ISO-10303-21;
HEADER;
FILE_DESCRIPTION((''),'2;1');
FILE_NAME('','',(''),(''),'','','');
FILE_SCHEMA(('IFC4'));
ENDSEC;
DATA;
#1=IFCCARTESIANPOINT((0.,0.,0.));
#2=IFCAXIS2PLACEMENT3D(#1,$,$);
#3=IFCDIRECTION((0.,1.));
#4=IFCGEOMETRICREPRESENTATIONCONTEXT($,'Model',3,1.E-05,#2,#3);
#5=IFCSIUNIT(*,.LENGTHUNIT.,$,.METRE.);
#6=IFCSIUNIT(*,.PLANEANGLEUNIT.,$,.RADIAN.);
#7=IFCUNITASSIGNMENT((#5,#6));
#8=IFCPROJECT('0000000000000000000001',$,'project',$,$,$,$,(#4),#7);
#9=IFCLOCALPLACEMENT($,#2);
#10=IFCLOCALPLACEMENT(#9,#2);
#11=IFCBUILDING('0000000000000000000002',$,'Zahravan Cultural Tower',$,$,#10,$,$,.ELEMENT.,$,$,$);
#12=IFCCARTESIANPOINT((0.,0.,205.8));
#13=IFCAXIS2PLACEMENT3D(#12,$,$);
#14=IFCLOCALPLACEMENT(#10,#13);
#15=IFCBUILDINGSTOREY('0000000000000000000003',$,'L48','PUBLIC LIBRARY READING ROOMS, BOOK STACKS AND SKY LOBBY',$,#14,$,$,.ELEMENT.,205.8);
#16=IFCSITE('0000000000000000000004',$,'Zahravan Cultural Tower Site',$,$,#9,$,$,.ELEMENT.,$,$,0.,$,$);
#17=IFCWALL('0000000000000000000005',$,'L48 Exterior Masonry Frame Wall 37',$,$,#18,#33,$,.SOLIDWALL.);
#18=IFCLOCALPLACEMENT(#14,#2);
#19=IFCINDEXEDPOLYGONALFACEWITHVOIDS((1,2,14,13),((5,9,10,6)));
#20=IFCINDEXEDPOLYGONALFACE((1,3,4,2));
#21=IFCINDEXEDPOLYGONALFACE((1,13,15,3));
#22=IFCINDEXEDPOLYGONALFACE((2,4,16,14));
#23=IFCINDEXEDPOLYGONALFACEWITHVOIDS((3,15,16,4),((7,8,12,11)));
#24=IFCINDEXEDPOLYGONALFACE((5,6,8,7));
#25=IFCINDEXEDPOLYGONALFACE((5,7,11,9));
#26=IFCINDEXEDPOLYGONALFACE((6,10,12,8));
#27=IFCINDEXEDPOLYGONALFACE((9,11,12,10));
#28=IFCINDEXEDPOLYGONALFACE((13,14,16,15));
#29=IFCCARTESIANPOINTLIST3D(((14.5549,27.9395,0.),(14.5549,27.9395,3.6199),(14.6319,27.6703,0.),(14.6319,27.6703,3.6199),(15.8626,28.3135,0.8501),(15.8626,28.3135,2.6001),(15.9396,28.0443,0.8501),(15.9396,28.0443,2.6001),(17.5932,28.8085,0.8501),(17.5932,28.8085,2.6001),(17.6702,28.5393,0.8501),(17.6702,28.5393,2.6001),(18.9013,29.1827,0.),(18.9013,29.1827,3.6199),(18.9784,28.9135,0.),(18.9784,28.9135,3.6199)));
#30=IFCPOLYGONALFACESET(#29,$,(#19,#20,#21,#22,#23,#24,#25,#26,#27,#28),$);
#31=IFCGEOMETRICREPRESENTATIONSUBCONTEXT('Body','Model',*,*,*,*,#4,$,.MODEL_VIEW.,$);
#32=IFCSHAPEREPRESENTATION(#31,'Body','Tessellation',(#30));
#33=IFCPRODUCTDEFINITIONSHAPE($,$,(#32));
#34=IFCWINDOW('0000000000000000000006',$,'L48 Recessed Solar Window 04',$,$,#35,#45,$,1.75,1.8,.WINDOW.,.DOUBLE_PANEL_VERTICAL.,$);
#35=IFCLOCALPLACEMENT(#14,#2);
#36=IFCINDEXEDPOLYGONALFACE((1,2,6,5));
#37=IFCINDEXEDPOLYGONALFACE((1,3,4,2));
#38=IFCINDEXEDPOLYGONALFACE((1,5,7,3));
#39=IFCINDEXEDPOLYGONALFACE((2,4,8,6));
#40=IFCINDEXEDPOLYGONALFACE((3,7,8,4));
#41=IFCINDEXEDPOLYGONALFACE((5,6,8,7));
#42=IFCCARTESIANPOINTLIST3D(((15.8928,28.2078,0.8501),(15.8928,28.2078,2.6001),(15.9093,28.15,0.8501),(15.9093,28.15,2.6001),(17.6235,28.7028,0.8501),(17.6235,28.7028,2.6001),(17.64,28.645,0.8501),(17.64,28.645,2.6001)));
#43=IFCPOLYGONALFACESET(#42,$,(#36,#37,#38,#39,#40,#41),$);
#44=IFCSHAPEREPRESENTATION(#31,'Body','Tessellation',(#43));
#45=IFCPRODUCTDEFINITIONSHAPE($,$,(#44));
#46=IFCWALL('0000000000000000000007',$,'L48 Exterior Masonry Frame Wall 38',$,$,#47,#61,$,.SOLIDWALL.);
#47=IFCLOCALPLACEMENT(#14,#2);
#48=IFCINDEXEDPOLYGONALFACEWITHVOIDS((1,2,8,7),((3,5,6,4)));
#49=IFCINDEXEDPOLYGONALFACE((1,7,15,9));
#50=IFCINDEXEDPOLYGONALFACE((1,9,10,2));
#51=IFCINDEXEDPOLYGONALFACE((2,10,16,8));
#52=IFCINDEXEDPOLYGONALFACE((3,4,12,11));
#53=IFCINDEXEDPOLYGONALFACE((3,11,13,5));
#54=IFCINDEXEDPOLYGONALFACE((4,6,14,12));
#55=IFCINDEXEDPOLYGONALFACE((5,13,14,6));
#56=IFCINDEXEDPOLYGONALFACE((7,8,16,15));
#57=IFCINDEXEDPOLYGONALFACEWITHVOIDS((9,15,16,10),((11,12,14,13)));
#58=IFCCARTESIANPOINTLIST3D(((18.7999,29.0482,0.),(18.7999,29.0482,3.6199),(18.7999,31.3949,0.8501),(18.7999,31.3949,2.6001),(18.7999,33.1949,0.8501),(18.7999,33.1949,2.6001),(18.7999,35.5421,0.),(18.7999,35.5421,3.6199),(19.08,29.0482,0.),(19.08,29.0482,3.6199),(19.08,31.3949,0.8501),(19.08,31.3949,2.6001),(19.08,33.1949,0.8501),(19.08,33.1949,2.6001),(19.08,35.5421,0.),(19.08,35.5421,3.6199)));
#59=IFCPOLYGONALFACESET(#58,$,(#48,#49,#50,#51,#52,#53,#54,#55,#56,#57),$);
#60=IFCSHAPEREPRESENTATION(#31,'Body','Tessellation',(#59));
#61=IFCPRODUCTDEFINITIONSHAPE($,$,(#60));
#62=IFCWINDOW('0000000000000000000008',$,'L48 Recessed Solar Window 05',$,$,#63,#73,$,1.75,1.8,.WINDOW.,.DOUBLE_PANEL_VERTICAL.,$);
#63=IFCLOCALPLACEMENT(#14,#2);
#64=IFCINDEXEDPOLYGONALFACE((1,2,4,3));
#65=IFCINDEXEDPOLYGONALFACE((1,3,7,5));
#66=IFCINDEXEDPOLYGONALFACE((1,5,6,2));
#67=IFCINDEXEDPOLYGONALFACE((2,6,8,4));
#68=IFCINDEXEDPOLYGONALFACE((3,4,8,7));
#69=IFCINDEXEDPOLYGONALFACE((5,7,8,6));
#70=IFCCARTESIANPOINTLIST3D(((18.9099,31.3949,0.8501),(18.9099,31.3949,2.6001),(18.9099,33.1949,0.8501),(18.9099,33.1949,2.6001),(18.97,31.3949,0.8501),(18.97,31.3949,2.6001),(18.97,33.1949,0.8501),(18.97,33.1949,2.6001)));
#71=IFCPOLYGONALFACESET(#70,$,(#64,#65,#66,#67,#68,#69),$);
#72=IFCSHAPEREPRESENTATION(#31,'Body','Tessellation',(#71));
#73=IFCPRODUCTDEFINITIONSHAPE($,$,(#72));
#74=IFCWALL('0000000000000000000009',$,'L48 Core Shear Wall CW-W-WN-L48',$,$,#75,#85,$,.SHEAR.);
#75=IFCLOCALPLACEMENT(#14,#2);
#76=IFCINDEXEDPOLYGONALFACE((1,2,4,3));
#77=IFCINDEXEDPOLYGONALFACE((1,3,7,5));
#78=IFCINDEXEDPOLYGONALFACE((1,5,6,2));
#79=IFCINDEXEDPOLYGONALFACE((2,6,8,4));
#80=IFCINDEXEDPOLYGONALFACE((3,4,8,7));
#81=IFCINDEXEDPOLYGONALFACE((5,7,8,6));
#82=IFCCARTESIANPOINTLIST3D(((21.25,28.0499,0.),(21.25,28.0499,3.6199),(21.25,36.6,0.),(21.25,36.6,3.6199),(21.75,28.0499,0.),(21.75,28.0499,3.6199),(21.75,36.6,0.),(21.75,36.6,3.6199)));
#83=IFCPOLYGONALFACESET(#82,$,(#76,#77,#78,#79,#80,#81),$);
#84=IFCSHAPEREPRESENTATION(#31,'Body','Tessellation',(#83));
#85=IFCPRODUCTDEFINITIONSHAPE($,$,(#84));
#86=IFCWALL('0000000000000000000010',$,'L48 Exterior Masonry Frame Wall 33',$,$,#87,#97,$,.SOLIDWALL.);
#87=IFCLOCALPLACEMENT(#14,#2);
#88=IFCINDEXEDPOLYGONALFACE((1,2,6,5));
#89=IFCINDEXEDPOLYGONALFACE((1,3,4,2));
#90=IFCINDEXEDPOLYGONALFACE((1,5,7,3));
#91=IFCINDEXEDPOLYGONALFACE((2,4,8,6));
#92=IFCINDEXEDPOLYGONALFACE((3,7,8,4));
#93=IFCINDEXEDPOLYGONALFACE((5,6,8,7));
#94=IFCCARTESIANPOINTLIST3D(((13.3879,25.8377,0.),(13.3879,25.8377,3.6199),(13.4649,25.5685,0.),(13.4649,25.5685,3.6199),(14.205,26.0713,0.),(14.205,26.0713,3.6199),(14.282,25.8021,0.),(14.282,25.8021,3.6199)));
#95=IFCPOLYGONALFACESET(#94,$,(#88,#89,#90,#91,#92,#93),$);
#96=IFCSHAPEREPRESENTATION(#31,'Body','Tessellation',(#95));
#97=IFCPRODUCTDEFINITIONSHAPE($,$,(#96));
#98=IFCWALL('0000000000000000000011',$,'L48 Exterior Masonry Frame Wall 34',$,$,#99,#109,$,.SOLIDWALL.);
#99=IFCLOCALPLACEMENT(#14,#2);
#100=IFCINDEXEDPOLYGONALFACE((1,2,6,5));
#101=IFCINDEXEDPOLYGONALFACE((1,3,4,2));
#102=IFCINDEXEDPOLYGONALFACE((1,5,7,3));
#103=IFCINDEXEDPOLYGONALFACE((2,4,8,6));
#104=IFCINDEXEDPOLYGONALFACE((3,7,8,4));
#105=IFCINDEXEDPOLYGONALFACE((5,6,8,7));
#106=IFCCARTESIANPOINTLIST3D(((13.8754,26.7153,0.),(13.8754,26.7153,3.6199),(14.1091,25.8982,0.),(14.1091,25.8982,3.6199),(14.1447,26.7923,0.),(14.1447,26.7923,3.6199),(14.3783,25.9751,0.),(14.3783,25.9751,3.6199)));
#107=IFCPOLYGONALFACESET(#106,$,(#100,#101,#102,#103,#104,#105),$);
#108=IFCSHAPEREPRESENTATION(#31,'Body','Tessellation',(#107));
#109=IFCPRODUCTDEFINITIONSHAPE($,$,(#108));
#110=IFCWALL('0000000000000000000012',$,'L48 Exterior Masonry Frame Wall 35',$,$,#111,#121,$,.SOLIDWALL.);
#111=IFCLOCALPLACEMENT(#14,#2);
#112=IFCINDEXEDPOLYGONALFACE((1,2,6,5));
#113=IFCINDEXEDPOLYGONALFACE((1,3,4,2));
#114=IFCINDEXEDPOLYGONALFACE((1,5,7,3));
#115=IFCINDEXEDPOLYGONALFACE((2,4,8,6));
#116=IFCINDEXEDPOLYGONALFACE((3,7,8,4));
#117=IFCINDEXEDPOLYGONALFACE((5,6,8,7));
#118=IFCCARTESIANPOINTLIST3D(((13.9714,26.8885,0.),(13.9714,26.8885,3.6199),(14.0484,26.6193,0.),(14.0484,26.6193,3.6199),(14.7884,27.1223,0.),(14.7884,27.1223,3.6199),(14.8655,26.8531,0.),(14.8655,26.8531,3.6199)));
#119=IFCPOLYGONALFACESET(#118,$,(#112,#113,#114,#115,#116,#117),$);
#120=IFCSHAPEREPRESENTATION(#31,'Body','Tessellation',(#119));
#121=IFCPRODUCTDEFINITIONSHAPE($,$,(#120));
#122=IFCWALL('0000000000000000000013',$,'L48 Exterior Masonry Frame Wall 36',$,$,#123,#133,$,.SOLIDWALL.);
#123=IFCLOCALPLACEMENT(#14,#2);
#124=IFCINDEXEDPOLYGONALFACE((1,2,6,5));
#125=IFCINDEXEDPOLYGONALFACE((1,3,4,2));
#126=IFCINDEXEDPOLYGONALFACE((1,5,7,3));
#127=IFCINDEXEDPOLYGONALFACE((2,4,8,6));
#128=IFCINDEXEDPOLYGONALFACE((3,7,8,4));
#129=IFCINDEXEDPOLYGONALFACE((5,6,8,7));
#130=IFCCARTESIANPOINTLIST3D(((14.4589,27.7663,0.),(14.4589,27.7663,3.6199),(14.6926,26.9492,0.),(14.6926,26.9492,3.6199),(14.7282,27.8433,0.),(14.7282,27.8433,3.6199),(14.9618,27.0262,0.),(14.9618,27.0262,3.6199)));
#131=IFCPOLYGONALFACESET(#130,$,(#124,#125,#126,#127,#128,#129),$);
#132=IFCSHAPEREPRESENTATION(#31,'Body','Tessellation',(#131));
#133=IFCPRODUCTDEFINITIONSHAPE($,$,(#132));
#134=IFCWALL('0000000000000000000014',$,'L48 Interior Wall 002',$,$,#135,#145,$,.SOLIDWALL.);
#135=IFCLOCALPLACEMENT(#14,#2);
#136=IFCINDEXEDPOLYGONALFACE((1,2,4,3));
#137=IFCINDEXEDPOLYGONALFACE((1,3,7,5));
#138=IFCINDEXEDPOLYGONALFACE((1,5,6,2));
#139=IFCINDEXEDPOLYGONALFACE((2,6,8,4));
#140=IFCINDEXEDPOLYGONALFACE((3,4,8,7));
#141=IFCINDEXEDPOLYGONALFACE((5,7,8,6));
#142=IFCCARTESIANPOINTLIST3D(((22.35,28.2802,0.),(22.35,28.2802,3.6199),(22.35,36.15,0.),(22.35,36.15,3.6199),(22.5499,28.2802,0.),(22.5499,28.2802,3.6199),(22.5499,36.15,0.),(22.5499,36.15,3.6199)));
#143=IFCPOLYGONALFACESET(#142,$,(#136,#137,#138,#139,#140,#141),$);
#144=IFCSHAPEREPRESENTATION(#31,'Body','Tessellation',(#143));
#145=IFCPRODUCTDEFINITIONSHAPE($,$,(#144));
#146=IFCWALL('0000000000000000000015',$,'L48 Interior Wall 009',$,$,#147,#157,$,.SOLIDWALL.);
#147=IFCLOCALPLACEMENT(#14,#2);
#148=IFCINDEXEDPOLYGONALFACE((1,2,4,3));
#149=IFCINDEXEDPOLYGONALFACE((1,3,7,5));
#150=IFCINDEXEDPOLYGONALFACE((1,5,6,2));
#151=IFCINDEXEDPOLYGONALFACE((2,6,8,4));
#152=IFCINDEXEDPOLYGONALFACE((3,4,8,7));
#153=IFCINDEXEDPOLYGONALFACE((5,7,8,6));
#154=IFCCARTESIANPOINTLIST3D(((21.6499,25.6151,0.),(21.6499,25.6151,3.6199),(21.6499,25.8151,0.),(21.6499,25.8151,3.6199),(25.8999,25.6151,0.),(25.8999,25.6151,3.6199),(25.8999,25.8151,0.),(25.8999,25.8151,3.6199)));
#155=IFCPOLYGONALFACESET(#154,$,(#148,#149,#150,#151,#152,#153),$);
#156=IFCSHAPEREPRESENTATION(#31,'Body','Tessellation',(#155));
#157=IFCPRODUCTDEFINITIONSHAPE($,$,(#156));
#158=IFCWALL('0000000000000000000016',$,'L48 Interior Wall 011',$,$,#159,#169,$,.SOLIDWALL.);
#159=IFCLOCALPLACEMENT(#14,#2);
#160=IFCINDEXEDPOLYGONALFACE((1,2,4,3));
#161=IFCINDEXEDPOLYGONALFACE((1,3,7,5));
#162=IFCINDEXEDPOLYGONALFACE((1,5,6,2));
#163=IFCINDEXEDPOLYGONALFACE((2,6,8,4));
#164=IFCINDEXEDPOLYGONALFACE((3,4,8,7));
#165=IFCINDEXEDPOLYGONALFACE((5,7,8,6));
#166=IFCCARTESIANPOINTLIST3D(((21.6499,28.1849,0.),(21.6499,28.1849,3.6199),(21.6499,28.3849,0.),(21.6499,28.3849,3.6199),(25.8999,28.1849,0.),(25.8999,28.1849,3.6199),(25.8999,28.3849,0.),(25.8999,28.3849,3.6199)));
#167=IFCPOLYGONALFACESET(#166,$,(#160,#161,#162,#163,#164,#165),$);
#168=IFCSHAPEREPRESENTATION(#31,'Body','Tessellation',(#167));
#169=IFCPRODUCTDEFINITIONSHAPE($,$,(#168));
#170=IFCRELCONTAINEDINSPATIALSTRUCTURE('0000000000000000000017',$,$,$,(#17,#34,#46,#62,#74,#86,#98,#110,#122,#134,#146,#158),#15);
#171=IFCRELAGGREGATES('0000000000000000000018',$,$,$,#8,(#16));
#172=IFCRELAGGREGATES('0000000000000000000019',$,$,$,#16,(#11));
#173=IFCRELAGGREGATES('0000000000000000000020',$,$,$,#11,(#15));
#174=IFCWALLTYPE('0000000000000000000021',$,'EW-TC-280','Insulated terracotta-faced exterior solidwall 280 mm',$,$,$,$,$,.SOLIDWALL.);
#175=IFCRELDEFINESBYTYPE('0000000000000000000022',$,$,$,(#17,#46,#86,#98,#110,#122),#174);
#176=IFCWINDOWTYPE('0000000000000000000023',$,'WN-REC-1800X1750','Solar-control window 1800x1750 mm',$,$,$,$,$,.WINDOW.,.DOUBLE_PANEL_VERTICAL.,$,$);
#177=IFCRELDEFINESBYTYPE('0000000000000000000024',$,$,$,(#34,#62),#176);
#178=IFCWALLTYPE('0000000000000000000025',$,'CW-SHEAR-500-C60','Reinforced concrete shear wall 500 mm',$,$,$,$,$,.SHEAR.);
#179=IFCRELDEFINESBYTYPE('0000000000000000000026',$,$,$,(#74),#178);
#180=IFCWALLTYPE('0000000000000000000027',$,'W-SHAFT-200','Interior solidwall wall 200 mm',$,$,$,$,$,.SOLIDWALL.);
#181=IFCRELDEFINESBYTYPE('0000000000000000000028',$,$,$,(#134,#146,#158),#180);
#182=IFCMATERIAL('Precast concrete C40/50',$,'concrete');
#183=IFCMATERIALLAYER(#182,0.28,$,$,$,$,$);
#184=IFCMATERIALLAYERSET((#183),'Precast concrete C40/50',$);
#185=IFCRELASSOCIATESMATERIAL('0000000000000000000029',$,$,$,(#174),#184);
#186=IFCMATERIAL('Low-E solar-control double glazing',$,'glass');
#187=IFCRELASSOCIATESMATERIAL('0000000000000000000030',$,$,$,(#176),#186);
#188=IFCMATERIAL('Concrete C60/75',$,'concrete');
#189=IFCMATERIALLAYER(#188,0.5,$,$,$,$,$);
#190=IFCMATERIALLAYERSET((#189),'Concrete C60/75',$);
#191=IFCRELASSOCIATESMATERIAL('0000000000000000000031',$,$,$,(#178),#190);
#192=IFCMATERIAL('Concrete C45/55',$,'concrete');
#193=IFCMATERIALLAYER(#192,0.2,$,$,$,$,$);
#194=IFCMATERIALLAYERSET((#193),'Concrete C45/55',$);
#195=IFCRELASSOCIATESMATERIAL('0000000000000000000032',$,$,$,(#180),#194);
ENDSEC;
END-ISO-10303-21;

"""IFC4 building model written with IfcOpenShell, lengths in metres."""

from ifc_helpers import new_model, si_unit, direction, frame, frame_2d, origin, place, context, subcontext, project, spatial, rectangle, extrude, source, transform, mapped, material, layer, layer_set, type_object, element, fill, save


model = new_model("IFC4")

# Units and contexts
model_context = context("Model", 3, precision=1e-05, world=origin(), true_north=direction((0.0, 1.0)))
body_context = subcontext(model_context, "Body", "Model", "MODEL_VIEW")
ifc_project = project(units=[si_unit("LENGTHUNIT", "METRE"), si_unit("PLANEANGLEUNIT", "RADIAN")], contexts=[model_context])

# Site, building, storey
site_placement = place(None, origin())
site = spatial("IfcSite", under=ifc_project, at=site_placement, Name="Zahravan Cultural Tower Site", CompositionType="ELEMENT", RefElevation=0.0)
building_placement = place(site_placement, origin())
building = spatial("IfcBuilding", under=site, at=building_placement, Name="Zahravan Cultural Tower", CompositionType="ELEMENT")
storey_placement = place(building_placement, frame((0.0, 0.0, 205.8)))
storey = spatial("IfcBuildingStorey", under=building, at=storey_placement, Name="L48", Description="PUBLIC LIBRARY READING ROOMS, BOOK STACKS AND SKY LOBBY", CompositionType="ELEMENT", Elevation=205.8)

# Walls, openings, windows
ifc_material_1 = material(Name="Precast concrete C40/50", Category="concrete")
ifc_layer_1 = layer(ifc_material_1, 0.28)
ifc_layer_set_1 = layer_set([ifc_layer_1], Name="Precast concrete C40/50")
wall_type_1 = type_object("IfcWallType", Name="EW-TC-280", Description="Insulated terracotta-faced exterior solidwall 280 mm", PredefinedType="SOLIDWALL", material=ifc_layer_set_1)
wall_1_placement = place(storey_placement, frame((14.5935, 27.8049, 0.0), z_axis=(0.0, 0.0, 1.0), x_axis=(0.961446, 0.274992, 0.0)))
wall_1 = element("IfcWall", 1, at=wall_1_placement, inside=storey, type_object=wall_type_1, Name="L48 Exterior Masonry Frame Wall 37", PredefinedType="SOLIDWALL", context=body_context, shape_type="SweptSolid", body=[
    extrude(rectangle(XDim=4.5208, YDim=0.28, at=frame_2d((2.2603, 0.0))), origin(), (0.0, 0.0, 1.0), 3.6199),
])
opening_1_placement = place(wall_1_placement, frame((1.3601, 0.0, 0.8501)))
opening_1 = element("IfcOpeningElement", 2, at=opening_1_placement, cuts=wall_1, PredefinedType="OPENING", context=body_context, shape_type="SweptSolid", body=[
    extrude(rectangle(XDim=1.8, YDim=1.75, at=frame_2d((0.8999, 0.875))), frame((0.0, 0.1499, 0.0), z_axis=(0.0, -1.0, 0.0), x_axis=(1.0, 0.0, 0.0)), (0.0, 0.0, 1.0), 0.3),
])
ifc_material_2 = material(Name="Low-E solar-control double glazing", Category="glass")
window_type = type_object("IfcWindowType", Name="WN-REC-1800X1750", Description="Solar-control window 1800x1750 mm", PartitioningType="DOUBLE_PANEL_VERTICAL", PredefinedType="WINDOW", material=ifc_material_2)
shared_shape_1 = source(origin(), body_context, "Body", "SweptSolid", [
    extrude(rectangle(XDim=1.8, YDim=1.75, at=frame_2d((0.8999, 0.875))), frame((0.0, 0.03, 0.0), z_axis=(0.0, -1.0, 0.0), x_axis=(1.0, 0.0, 0.0)), (0.0, 0.0, 1.0), 0.0601),
])
window_1_placement = place(opening_1_placement, origin())
window_1 = element("IfcWindow", 3, at=window_1_placement, inside=storey, type_object=window_type, Name="L48 Recessed Solar Window 04", OverallHeight=1.75, OverallWidth=1.8, PartitioningType="DOUBLE_PANEL_VERTICAL", PredefinedType="WINDOW", context=body_context, shape_type="MappedRepresentation", body=[
    mapped(shared_shape_1, transform((0.0, 0.0, 0.0), x_axis=(1.0, 0.0, 0.0), y_axis=(0.0, 1.0, 0.0), z_axis=(0.0, 0.0, 1.0), scale=1.0)),
])
fill(opening_1, window_1)
wall_2_placement = place(storey_placement, frame((18.9399, 29.0481, 0.0), z_axis=(0.0, 0.0, 1.0), x_axis=(0.0, 1.0, 0.0)))
wall_2 = element("IfcWall", 4, at=wall_2_placement, inside=storey, type_object=wall_type_1, Name="L48 Exterior Masonry Frame Wall 38", PredefinedType="SOLIDWALL", context=body_context, shape_type="SweptSolid", body=[
    extrude(rectangle(XDim=6.4939, YDim=0.28, at=frame_2d((3.2471, 0.0))), origin(), (0.0, 0.0, 1.0), 3.6199),
])
opening_2_placement = place(wall_2_placement, frame((2.3469, 0.0, 0.8501)))
opening_2 = element("IfcOpeningElement", 5, at=opening_2_placement, cuts=wall_2, PredefinedType="OPENING", context=body_context, shape_type="SweptSolid", body=[
    extrude(rectangle(XDim=1.8, YDim=1.75, at=frame_2d((0.8999, 0.875))), frame((0.0, 0.1499, 0.0), z_axis=(0.0, -1.0, 0.0), x_axis=(1.0, 0.0, 0.0)), (0.0, 0.0, 1.0), 0.3),
])
window_2_placement = place(opening_2_placement, origin())
window_2 = element("IfcWindow", 6, at=window_2_placement, inside=storey, type_object=window_type, Name="L48 Recessed Solar Window 05", OverallHeight=1.75, OverallWidth=1.8, PartitioningType="DOUBLE_PANEL_VERTICAL", PredefinedType="WINDOW", context=body_context, shape_type="MappedRepresentation", body=[
    mapped(shared_shape_1, transform((0.0, 0.0, 0.0), x_axis=(1.0, 0.0, 0.0), y_axis=(0.0, 1.0, 0.0), z_axis=(0.0, 0.0, 1.0), scale=1.0)),
])
fill(opening_2, window_2)

# Walls
ifc_material_3 = material(Name="Concrete C60/75", Category="concrete")
ifc_layer_2 = layer(ifc_material_3, 0.5)
ifc_layer_set_2 = layer_set([ifc_layer_2], Name="Concrete C60/75")
wall_type_2 = type_object("IfcWallType", Name="CW-SHEAR-500-C60", Description="Reinforced concrete shear wall 500 mm", PredefinedType="SHEAR", material=ifc_layer_set_2)
shared_shape_2 = source(origin(), body_context, "Body", "SweptSolid", [
    extrude(rectangle(XDim=8.55, YDim=0.5, at=frame_2d((4.2749, 0.0))), origin(), (0.0, 0.0, 1.0), 3.6199),
])
wall_3_placement = place(storey_placement, frame((21.5, 28.05, 0.0), z_axis=(0.0, 0.0, 1.0), x_axis=(0.0, 1.0, 0.0)))
element("IfcWall", 7, at=wall_3_placement, inside=storey, type_object=wall_type_2, Name="L48 Core Shear Wall CW-W-WN-L48", PredefinedType="SHEAR", context=body_context, shape_type="MappedRepresentation", body=[
    mapped(shared_shape_2, transform((0.0, 0.0, 0.0), x_axis=(1.0, 0.0, 0.0), y_axis=(0.0, 1.0, 0.0), z_axis=(0.0, 0.0, 1.0), scale=1.0)),
])
shared_shape_3 = source(origin(), body_context, "Body", "SweptSolid", [
    extrude(rectangle(XDim=0.8499, YDim=0.28, at=frame_2d((0.4248, 0.0))), origin(), (0.0, 0.0, 1.0), 3.6199),
])
for number, where, z_axis, x_axis, name in (
    (8, (13.4265, 25.7031, 0.0), (0.0, 0.0, 1.0), (0.96147, 0.274911, 0.0), "L48 Exterior Masonry Frame Wall 33"),
    (9, (14.2437, 25.9368, 0.0), (0.0, 0.0, 1.0), (-0.274911, 0.96147, 0.0), "L48 Exterior Masonry Frame Wall 34"),
    (10, (14.01, 26.7539, 0.0), (0.0, 0.0, 1.0), (0.961394, 0.275176, 0.0), "L48 Exterior Masonry Frame Wall 35"),
    (11, (14.8271, 26.9878, 0.0), (0.0, 0.0, 1.0), (-0.274911, 0.96147, 0.0), "L48 Exterior Masonry Frame Wall 36"),
):
    element("IfcWall", number, at=place(storey_placement, frame(where, z_axis=z_axis, x_axis=x_axis)), inside=storey, type_object=wall_type_1, Name=name, PredefinedType="SOLIDWALL", context=body_context, shape_type="MappedRepresentation", body=[
        mapped(shared_shape_3, transform((0.0, 0.0, 0.0), x_axis=(1.0, 0.0, 0.0), y_axis=(0.0, 1.0, 0.0), z_axis=(0.0, 0.0, 1.0), scale=1.0)),
    ])
ifc_material_4 = material(Name="Concrete C45/55", Category="concrete")
ifc_layer_3 = layer(ifc_material_4, 0.2)
ifc_layer_set_3 = layer_set([ifc_layer_3], Name="Concrete C45/55")
wall_type_3 = type_object("IfcWallType", Name="W-SHAFT-200", Description="Interior solidwall wall 200 mm", PredefinedType="SOLIDWALL", material=ifc_layer_set_3)
shared_shape_4 = source(origin(), body_context, "Body", "SweptSolid", [
    extrude(rectangle(XDim=7.8699, YDim=0.2, at=frame_2d((3.9351, 0.0))), origin(), (0.0, 0.0, 1.0), 3.6199),
])
wall_4_placement = place(storey_placement, frame((22.45, 28.28, 0.0), z_axis=(0.0, 0.0, 1.0), x_axis=(0.0, 1.0, 0.0)))
element("IfcWall", 12, at=wall_4_placement, inside=storey, type_object=wall_type_3, Name="L48 Interior Wall 002", PredefinedType="SOLIDWALL", context=body_context, shape_type="MappedRepresentation", body=[
    mapped(shared_shape_4, transform((0.0, 0.0, 0.0), x_axis=(1.0, 0.0, 0.0), y_axis=(0.0, 1.0, 0.0), z_axis=(0.0, 0.0, 1.0), scale=1.0)),
])
shared_shape_5 = source(origin(), body_context, "Body", "SweptSolid", [
    extrude(rectangle(XDim=4.25, YDim=0.2, at=frame_2d((2.125, 0.0))), origin(), (0.0, 0.0, 1.0), 3.6199),
])
for number, where, z_axis, x_axis, name in (
    (13, (21.6499, 25.7151, 0.0), (0.0, 0.0, 1.0), (1.0, 0.0, 0.0), "L48 Interior Wall 009"),
    (14, (21.6499, 28.2849, 0.0), (0.0, 0.0, 1.0), (1.0, 0.0, 0.0), "L48 Interior Wall 011"),
):
    element("IfcWall", number, at=place(storey_placement, frame(where, z_axis=z_axis, x_axis=x_axis)), inside=storey, type_object=wall_type_3, Name=name, PredefinedType="SOLIDWALL", context=body_context, shape_type="MappedRepresentation", body=[
        mapped(shared_shape_5, transform((0.0, 0.0, 0.0), x_axis=(1.0, 0.0, 0.0), y_axis=(0.0, 1.0, 0.0), z_axis=(0.0, 0.0, 1.0), scale=1.0)),
    ])

save(model, "model.ifc")
